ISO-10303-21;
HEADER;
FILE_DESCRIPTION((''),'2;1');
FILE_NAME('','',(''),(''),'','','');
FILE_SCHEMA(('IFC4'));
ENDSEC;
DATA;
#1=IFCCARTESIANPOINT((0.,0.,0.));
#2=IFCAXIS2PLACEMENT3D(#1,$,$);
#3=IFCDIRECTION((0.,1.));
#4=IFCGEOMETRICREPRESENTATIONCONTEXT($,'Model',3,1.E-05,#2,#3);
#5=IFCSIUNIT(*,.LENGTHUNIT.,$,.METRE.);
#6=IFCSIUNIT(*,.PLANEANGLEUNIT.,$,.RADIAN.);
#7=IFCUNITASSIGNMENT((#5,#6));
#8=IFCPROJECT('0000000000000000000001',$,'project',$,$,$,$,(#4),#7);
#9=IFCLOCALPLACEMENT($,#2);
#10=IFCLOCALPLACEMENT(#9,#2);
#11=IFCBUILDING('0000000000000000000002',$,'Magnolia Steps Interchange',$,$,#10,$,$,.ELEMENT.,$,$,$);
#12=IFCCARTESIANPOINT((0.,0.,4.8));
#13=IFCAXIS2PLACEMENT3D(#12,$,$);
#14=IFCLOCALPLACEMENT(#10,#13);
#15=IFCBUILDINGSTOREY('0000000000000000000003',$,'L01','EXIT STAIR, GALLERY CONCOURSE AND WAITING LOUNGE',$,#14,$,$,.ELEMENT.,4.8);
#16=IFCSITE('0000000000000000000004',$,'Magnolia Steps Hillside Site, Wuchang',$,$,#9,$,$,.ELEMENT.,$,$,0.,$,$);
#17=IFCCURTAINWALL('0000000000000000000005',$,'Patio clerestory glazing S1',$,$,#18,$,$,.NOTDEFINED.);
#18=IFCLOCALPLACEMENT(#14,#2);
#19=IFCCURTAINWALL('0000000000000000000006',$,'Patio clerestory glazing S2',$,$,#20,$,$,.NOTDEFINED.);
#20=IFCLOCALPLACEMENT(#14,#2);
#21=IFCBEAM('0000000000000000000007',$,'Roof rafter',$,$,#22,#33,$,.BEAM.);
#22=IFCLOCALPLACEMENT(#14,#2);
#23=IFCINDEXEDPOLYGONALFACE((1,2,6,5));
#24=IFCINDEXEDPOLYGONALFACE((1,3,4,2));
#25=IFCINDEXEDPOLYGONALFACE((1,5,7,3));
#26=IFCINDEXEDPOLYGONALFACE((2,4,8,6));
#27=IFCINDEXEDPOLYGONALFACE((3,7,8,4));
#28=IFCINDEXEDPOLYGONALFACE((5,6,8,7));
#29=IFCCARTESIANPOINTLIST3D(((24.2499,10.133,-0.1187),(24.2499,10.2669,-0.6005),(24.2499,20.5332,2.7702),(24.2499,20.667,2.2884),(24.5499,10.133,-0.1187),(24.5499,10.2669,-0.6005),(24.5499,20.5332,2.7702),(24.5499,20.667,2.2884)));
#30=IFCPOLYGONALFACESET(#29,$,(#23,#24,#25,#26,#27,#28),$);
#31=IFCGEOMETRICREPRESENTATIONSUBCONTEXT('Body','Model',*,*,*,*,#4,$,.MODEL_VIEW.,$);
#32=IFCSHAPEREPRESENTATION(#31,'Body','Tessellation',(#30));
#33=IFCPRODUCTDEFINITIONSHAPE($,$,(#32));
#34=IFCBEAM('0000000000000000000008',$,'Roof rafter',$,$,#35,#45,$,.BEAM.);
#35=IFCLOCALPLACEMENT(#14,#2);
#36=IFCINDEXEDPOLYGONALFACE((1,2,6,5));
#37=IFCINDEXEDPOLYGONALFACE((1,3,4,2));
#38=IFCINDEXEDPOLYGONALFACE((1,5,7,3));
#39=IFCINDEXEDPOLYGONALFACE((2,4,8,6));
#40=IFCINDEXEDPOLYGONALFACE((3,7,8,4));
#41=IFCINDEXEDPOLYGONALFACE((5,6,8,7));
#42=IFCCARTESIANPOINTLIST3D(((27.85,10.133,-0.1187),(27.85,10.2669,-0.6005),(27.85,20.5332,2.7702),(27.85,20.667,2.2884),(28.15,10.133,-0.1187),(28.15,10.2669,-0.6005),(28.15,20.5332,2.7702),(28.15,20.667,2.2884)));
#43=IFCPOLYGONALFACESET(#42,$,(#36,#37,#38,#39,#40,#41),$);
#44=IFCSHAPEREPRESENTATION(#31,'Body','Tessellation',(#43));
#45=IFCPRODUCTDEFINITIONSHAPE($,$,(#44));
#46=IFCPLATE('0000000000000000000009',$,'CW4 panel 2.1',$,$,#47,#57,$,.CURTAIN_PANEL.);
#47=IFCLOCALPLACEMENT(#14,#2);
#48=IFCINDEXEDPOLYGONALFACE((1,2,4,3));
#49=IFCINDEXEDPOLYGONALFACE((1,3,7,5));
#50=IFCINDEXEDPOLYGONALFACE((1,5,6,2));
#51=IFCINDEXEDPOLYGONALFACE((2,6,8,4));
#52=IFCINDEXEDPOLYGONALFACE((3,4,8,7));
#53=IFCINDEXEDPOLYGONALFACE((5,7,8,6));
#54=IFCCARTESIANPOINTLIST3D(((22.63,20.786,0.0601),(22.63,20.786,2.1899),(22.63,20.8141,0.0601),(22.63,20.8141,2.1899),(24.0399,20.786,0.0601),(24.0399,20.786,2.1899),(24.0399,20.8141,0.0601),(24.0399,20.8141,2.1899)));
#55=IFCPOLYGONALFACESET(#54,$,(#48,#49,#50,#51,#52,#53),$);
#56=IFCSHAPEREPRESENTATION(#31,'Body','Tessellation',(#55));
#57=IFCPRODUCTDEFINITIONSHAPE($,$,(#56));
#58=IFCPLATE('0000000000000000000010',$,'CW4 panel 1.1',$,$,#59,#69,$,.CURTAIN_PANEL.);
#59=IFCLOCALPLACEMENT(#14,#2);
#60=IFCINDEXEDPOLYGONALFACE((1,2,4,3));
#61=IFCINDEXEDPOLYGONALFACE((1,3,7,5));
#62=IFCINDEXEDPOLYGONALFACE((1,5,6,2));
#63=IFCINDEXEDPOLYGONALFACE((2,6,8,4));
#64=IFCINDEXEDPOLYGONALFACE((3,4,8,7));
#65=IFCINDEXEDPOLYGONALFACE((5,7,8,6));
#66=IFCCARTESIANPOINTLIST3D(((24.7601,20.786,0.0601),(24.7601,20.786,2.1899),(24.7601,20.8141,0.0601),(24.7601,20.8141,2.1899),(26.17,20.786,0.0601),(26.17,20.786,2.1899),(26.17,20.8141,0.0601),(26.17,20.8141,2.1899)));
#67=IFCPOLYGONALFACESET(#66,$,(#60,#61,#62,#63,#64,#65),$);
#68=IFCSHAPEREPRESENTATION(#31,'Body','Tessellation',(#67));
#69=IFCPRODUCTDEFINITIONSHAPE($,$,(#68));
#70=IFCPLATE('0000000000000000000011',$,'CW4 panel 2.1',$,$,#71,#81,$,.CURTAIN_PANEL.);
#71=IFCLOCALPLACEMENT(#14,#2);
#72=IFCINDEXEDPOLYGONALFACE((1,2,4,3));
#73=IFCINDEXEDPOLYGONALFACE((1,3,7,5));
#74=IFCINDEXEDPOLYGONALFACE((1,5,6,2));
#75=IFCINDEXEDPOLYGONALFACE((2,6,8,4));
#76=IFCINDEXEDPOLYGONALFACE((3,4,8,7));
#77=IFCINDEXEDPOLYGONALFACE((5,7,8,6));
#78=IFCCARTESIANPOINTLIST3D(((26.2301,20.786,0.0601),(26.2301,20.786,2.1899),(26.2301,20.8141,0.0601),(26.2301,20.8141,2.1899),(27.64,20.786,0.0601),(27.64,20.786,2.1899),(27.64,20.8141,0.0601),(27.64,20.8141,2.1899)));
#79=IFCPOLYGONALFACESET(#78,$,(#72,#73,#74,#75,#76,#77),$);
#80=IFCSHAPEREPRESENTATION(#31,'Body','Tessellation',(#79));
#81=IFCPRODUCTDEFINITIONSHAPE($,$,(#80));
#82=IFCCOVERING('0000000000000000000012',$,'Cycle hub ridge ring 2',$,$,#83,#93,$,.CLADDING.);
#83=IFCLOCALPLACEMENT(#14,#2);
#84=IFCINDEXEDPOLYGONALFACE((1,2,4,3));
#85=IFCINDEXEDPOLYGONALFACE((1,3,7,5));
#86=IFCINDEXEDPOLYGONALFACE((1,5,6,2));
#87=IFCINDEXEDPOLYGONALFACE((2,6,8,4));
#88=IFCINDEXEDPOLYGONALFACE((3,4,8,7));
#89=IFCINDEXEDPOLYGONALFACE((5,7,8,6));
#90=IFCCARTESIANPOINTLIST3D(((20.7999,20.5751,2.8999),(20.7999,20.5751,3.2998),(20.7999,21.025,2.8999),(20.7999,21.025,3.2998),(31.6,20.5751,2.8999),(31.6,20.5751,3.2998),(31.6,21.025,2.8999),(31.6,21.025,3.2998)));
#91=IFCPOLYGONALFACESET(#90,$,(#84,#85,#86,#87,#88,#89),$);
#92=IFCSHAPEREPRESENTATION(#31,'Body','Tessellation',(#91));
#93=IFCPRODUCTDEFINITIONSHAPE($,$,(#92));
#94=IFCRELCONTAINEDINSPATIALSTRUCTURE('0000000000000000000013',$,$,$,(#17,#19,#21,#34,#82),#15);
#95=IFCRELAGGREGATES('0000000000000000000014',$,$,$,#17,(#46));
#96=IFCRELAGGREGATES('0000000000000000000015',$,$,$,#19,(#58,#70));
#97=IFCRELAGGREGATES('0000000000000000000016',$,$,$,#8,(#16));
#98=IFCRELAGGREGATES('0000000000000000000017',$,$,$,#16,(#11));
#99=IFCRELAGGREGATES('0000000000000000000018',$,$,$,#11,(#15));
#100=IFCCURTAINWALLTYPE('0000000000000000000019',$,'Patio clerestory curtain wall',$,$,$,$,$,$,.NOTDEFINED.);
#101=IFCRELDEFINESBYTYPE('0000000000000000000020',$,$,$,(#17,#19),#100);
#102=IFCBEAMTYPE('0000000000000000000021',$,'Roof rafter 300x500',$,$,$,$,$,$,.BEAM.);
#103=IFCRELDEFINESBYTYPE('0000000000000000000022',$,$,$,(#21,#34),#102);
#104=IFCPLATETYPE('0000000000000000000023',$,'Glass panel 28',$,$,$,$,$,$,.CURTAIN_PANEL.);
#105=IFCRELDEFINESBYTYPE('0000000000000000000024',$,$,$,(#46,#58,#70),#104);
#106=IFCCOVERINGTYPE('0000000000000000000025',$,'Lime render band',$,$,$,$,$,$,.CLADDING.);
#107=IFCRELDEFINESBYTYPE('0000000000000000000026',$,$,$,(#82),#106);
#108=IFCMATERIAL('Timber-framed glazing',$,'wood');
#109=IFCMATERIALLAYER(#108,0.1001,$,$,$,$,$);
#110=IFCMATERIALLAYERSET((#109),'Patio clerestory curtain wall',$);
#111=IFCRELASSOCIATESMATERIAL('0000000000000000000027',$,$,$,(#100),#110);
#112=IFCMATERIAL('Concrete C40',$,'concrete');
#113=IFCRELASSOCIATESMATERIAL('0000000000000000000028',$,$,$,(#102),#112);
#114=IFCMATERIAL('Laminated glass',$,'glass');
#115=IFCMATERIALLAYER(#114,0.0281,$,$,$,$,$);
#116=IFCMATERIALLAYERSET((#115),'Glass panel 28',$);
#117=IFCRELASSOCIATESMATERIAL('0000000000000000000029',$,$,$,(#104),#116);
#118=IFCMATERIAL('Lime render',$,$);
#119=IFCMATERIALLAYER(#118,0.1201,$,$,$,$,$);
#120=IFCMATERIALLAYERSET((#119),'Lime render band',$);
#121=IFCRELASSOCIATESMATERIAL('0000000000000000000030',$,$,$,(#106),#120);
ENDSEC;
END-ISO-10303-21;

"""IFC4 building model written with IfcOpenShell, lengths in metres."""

from ifc_helpers import new_model, si_unit, direction, frame, origin, origin_2d, place, context, subcontext, project, spatial, rectangle, extrude, material, layer, layer_set, material_profile, profile_set, type_object, element, aggregate, save


model = new_model("IFC4")

# Units and contexts
model_context = context("Model", 3, precision=1e-05, world=origin(), true_north=direction((0.0, 1.0)))
body_context = subcontext(model_context, "Body", "Model", "MODEL_VIEW")
ifc_project = project(units=[si_unit("LENGTHUNIT", "METRE"), si_unit("PLANEANGLEUNIT", "RADIAN")], contexts=[model_context])

# Site, building, storey
site_placement = place(None, origin())
site = spatial("IfcSite", under=ifc_project, at=site_placement, Name="Magnolia Steps Hillside Site, Wuchang", CompositionType="ELEMENT", RefElevation=0.0)
building_placement = place(site_placement, origin())
building = spatial("IfcBuilding", under=site, at=building_placement, Name="Magnolia Steps Interchange", CompositionType="ELEMENT")
storey_placement = place(building_placement, frame((0.0, 0.0, 4.8)))
storey = spatial("IfcBuildingStorey", under=building, at=storey_placement, Name="L01", Description="EXIT STAIR, GALLERY CONCOURSE AND WAITING LOUNGE", CompositionType="ELEMENT", Elevation=4.8)

# Curtain wall
ifc_material_1 = material(Name="Timber-framed glazing", Category="wood")
ifc_layer_1 = layer(ifc_material_1, 0.1001)
ifc_layer_set_1 = layer_set([ifc_layer_1], Name="Patio clerestory curtain wall")
curtain_wall_type = type_object("IfcCurtainWallType", Name="Patio clerestory curtain wall", PredefinedType="NOTDEFINED", material=ifc_layer_set_1)
curtain_wall_1_placement = place(storey_placement, origin())
curtain_wall_1 = element("IfcCurtainWall", 1, at=curtain_wall_1_placement, inside=storey, type_object=curtain_wall_type, Name="Patio clerestory glazing S1", PredefinedType="NOTDEFINED")

# Curtain wall
curtain_wall_2_placement = place(storey_placement, origin())
curtain_wall_2 = element("IfcCurtainWall", 2, at=curtain_wall_2_placement, inside=storey, type_object=curtain_wall_type, Name="Patio clerestory glazing S2", PredefinedType="NOTDEFINED")

# Beams
ifc_material_2 = material(Name="Concrete C40", Category="concrete")
ifc_material_profile_1 = material_profile(ifc_material_2, rectangle(XDim=0.3, YDim=0.5, at=origin_2d()), Name="RC300x500")
ifc_profile_set_1 = profile_set([ifc_material_profile_1], Name="Concrete C40")
beam_type_1 = type_object("IfcBeamType", Name="Roof rafter 300x500", PredefinedType="BEAM", material=ifc_profile_set_1)
for number, where, z_axis, x_axis, name in (
    (3, (24.3999, 10.2, -0.3596), (0.0, 0.963518, 0.267643), (-1.0, 0.0, 0.0), "Roof rafter"),
    (4, (28.0, 10.2, -0.3596), (0.0, 0.963518, 0.267643), (-1.0, 0.0, 0.0), "Roof rafter"),
):
    element("IfcBeam", number, at=place(storey_placement, frame(where, z_axis=z_axis, x_axis=x_axis)), inside=storey, type_object=beam_type_1, Name=name, PredefinedType="BEAM", context=body_context, shape_type="SweptSolid", body=[
        extrude(rectangle(XDim=0.3, YDim=0.5, at=origin_2d()), origin(), (0.0, 0.0, 1.0), 10.7939),
    ])

# Plates
ifc_material_3 = material(Name="Laminated glass", Category="glass")
ifc_layer_2 = layer(ifc_material_3, 0.0281)
ifc_layer_set_2 = layer_set([ifc_layer_2], Name="Glass panel 28")
plate_type = type_object("IfcPlateType", Name="Glass panel 28", PredefinedType="CURTAIN_PANEL", material=ifc_layer_set_2)
plate_1_placement = place(storey_placement, frame((23.335, 20.8, 0.0601), z_axis=(0.0, 0.0, 1.0), x_axis=(1.0, 0.0, 0.0)))
plate_1 = element("IfcPlate", 5, at=plate_1_placement, type_object=plate_type, Name="CW4 panel 2.1", PredefinedType="CURTAIN_PANEL", context=body_context, shape_type="SweptSolid", body=[
    extrude(rectangle(XDim=1.4099, YDim=0.0281, at=origin_2d()), origin(), (0.0, 0.0, 1.0), 2.1299),
])
aggregate(curtain_wall_1, [plate_1])
plate_2_placement = place(storey_placement, frame((25.4651, 20.8, 0.0601), z_axis=(0.0, 0.0, 1.0), x_axis=(1.0, 0.0, 0.0)))
plate_2 = element("IfcPlate", 6, at=plate_2_placement, type_object=plate_type, Name="CW4 panel 1.1", PredefinedType="CURTAIN_PANEL", context=body_context, shape_type="SweptSolid", body=[
    extrude(rectangle(XDim=1.4099, YDim=0.0281, at=origin_2d()), origin(), (0.0, 0.0, 1.0), 2.1299),
])
plate_3_placement = place(storey_placement, frame((26.9351, 20.8, 0.0601), z_axis=(0.0, 0.0, 1.0), x_axis=(1.0, 0.0, 0.0)))
plate_3 = element("IfcPlate", 7, at=plate_3_placement, type_object=plate_type, Name="CW4 panel 2.1", PredefinedType="CURTAIN_PANEL", context=body_context, shape_type="SweptSolid", body=[
    extrude(rectangle(XDim=1.4099, YDim=0.0281, at=origin_2d()), origin(), (0.0, 0.0, 1.0), 2.1299),
])
aggregate(curtain_wall_2, [plate_2, plate_3])

# Covering
ifc_material_4 = material(Name="Lime render")
ifc_layer_3 = layer(ifc_material_4, 0.1201)
ifc_layer_set_3 = layer_set([ifc_layer_3], Name="Lime render band")
covering_type = type_object("IfcCoveringType", Name="Lime render band", PredefinedType="CLADDING", material=ifc_layer_set_3)
covering_placement = place(storey_placement, frame((26.2, 20.8, 2.8999), z_axis=(0.0, 0.0, 1.0), x_axis=(1.0, 0.0, 0.0)))
element("IfcCovering", 8, at=covering_placement, inside=storey, type_object=covering_type, Name="Cycle hub ridge ring 2", PredefinedType="CLADDING", context=body_context, shape_type="SweptSolid", body=[
    extrude(rectangle(XDim=10.8, YDim=0.45, at=origin_2d()), origin(), (0.0, 0.0, 1.0), 0.3999),
])

save(model, "model.ifc")
